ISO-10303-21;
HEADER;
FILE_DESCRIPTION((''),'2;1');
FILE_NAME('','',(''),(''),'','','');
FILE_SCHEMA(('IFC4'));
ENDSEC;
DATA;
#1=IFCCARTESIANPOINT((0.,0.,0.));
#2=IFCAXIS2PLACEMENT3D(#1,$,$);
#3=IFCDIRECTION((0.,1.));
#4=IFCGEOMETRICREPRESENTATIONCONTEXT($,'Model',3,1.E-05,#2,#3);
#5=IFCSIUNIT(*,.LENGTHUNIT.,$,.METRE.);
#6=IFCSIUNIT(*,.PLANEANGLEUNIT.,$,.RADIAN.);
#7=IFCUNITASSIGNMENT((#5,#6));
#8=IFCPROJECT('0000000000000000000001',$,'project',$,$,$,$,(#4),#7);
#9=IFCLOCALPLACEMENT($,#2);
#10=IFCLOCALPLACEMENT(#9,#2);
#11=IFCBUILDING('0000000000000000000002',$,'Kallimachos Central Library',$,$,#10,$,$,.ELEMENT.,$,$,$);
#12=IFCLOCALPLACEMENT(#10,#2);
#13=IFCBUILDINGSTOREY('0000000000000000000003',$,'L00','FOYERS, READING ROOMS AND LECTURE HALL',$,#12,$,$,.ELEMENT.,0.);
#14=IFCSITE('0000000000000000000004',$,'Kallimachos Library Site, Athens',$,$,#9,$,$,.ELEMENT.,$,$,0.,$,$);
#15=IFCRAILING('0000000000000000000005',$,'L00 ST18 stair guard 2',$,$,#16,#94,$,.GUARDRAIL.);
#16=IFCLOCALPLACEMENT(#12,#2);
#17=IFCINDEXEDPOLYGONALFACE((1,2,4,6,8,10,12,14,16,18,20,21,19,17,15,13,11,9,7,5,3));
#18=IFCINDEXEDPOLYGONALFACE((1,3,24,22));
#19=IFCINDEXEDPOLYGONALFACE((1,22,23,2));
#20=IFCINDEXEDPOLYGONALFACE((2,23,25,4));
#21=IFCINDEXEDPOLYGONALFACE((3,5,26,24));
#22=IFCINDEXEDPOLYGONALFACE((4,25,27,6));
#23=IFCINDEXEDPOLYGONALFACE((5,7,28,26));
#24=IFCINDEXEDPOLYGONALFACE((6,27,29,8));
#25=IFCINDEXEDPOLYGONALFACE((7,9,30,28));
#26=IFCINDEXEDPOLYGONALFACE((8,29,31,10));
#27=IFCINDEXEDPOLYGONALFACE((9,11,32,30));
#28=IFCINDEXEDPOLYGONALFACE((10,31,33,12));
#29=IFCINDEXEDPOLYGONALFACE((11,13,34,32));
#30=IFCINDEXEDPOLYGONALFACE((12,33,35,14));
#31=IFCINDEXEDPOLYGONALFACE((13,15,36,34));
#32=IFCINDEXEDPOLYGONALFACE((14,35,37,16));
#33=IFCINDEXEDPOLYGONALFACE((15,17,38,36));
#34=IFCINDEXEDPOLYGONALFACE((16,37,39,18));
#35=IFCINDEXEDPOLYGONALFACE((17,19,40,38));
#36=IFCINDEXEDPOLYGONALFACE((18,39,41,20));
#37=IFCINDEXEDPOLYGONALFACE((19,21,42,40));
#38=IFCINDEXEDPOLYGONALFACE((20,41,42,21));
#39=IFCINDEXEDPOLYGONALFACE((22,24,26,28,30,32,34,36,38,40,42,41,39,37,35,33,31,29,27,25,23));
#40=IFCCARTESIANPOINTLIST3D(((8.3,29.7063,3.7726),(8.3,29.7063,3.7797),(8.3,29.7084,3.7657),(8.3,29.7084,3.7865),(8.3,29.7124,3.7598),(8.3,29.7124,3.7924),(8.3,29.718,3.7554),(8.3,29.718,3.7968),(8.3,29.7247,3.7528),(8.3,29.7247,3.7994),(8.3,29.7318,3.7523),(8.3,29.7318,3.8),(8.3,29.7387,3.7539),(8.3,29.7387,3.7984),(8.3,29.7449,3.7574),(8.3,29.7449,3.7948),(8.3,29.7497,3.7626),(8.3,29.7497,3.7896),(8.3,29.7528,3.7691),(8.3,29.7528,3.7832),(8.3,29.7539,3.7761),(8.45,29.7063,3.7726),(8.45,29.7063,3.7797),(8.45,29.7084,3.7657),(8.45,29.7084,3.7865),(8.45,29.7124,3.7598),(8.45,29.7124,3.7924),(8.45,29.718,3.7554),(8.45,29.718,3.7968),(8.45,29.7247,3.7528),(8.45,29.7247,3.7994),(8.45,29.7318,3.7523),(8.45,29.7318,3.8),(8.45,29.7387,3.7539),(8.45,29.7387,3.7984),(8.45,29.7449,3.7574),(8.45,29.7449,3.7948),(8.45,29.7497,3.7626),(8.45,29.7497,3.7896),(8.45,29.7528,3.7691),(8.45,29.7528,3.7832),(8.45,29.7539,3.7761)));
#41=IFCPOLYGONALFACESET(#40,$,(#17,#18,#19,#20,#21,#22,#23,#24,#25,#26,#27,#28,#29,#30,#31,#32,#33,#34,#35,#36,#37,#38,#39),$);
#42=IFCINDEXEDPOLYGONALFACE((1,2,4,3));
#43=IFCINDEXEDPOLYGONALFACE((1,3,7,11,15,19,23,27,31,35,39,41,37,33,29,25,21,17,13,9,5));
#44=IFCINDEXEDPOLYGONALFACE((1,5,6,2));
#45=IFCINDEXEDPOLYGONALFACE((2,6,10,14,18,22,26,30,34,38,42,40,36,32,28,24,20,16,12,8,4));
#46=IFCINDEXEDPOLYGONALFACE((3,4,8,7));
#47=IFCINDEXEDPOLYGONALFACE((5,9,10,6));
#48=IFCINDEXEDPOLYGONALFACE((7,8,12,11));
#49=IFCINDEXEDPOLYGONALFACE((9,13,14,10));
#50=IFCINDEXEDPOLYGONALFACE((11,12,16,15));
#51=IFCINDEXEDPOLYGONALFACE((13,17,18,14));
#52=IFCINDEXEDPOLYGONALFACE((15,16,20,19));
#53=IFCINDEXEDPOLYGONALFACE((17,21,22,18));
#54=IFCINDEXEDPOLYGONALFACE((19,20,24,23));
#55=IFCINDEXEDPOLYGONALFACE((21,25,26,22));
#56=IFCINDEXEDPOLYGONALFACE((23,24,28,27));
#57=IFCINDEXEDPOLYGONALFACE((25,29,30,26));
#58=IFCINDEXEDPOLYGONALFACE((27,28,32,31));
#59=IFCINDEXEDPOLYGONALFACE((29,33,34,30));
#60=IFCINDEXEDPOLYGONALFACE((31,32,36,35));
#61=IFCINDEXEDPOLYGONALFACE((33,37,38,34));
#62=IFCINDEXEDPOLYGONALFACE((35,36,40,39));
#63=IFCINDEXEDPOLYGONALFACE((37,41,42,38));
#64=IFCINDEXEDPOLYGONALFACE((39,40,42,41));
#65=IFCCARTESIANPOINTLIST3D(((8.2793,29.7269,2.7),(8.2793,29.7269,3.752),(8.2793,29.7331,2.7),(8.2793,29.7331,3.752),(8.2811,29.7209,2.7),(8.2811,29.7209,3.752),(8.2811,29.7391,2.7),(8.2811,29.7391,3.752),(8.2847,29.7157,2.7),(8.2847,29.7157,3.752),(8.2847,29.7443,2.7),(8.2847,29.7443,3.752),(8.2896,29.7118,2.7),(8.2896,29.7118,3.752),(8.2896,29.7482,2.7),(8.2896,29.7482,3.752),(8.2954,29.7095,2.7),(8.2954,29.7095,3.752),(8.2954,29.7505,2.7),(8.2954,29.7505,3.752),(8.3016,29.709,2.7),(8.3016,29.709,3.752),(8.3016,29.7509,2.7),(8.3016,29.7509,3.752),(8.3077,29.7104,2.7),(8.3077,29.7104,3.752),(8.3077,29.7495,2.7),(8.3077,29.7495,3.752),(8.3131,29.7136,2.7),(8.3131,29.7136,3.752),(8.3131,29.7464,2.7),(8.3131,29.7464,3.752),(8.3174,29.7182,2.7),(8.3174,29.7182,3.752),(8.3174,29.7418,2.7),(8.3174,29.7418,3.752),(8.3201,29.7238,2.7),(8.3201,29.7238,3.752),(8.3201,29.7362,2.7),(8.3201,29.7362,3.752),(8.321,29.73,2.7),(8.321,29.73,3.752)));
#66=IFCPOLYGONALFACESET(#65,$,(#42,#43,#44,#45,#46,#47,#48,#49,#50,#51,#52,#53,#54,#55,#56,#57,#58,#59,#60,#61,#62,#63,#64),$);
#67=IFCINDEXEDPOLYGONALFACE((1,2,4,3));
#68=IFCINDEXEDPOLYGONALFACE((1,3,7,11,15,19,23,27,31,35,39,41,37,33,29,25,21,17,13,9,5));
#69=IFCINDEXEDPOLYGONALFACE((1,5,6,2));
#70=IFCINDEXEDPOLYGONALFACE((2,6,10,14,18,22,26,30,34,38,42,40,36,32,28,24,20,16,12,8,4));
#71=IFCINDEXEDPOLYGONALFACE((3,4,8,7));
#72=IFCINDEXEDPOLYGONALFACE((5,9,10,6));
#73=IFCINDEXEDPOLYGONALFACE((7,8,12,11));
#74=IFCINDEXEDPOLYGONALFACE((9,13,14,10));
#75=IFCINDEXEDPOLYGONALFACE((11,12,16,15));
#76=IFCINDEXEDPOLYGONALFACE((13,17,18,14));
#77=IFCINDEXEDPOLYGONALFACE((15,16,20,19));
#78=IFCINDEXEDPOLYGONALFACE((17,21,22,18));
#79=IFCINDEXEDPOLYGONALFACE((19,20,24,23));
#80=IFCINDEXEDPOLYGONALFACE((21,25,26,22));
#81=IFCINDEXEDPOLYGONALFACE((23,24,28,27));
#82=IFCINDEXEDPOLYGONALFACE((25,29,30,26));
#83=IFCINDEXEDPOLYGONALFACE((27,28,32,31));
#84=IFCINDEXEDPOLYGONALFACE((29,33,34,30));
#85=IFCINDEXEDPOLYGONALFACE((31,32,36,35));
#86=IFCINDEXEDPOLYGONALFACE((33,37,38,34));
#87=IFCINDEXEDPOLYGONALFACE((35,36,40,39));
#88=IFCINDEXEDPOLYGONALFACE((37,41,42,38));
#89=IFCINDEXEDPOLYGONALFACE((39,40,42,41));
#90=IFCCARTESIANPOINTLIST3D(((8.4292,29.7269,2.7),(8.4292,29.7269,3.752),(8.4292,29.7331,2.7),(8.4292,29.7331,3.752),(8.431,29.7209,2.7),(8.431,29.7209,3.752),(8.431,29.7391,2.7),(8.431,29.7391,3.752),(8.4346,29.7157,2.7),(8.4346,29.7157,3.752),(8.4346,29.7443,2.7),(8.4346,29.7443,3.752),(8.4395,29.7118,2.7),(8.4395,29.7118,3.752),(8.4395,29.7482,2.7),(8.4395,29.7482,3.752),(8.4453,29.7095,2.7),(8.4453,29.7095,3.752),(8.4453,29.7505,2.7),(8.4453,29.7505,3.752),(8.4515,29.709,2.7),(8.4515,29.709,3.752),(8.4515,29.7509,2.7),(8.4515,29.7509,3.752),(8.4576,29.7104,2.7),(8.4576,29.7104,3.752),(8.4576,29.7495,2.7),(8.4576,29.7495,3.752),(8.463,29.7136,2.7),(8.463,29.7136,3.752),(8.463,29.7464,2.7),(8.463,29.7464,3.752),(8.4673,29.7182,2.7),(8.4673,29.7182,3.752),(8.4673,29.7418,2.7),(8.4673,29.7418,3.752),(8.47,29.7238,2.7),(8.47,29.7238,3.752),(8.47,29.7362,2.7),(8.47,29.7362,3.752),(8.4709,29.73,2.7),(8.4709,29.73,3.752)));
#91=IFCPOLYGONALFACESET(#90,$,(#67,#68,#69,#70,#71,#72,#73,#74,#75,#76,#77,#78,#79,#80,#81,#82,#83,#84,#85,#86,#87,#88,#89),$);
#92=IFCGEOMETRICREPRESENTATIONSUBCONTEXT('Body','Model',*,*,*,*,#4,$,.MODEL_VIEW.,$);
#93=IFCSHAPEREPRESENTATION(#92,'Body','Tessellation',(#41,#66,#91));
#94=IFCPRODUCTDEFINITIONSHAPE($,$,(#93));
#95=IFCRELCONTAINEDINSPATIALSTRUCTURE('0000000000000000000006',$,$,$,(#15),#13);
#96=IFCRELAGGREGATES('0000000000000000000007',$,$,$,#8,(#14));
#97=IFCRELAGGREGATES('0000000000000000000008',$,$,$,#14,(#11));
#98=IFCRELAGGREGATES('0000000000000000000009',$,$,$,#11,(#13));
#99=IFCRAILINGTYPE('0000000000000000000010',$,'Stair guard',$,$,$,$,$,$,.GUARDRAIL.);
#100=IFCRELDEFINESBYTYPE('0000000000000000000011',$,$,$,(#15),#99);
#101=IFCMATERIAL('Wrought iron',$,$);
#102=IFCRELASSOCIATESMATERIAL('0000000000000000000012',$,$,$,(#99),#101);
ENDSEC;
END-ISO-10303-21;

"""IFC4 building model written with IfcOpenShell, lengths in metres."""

from ifc_helpers import new_model, si_unit, direction, frame, origin, origin_2d, place, context, subcontext, project, spatial, circle, extrude, material, type_object, element, save


model = new_model("IFC4")

# Units and contexts
model_context = context("Model", 3, precision=1e-05, world=origin(), true_north=direction((0.0, 1.0)))
body_context = subcontext(model_context, "Body", "Model", "MODEL_VIEW")
ifc_project = project(units=[si_unit("LENGTHUNIT", "METRE"), si_unit("PLANEANGLEUNIT", "RADIAN")], contexts=[model_context])

# Site, building, storey
site_placement = place(None, origin())
site = spatial("IfcSite", under=ifc_project, at=site_placement, Name="Kallimachos Library Site, Athens", CompositionType="ELEMENT", RefElevation=0.0)
building_placement = place(site_placement, origin())
building = spatial("IfcBuilding", under=site, at=building_placement, Name="Kallimachos Central Library", CompositionType="ELEMENT")
storey_placement = place(building_placement, origin())
storey = spatial("IfcBuildingStorey", under=building, at=storey_placement, Name="L00", Description="FOYERS, READING ROOMS AND LECTURE HALL", CompositionType="ELEMENT", Elevation=0.0)

# Railing
ifc_material_1 = material(Name="Wrought iron")
railing_type_1 = type_object("IfcRailingType", Name="Stair guard", PredefinedType="GUARDRAIL", material=ifc_material_1)
railing_1_placement = place(storey_placement, frame((8.3, 29.73, 2.7)))
element("IfcRailing", 1, at=railing_1_placement, inside=storey, type_object=railing_type_1, Name="L00 ST18 stair guard 2", PredefinedType="GUARDRAIL", context=body_context, shape_type="SweptSolid", body=[
    extrude(circle(Radius=0.0239, at=origin_2d()), frame((0.0, 0.0, 1.0762), z_axis=(1.0, 0.0, 0.0), x_axis=(0.0, 1.0, 0.0)), (0.0, 0.0, 1.0), 0.1499),
    extrude(circle(Radius=0.021, at=origin_2d()), origin(), (0.0, 0.0, 1.0), 1.052),
    extrude(circle(Radius=0.021, at=origin_2d()), frame((0.1499, 0.0, 0.0)), (0.0, 0.0, 1.0), 1.052),
])

save(model, "model.ifc")
